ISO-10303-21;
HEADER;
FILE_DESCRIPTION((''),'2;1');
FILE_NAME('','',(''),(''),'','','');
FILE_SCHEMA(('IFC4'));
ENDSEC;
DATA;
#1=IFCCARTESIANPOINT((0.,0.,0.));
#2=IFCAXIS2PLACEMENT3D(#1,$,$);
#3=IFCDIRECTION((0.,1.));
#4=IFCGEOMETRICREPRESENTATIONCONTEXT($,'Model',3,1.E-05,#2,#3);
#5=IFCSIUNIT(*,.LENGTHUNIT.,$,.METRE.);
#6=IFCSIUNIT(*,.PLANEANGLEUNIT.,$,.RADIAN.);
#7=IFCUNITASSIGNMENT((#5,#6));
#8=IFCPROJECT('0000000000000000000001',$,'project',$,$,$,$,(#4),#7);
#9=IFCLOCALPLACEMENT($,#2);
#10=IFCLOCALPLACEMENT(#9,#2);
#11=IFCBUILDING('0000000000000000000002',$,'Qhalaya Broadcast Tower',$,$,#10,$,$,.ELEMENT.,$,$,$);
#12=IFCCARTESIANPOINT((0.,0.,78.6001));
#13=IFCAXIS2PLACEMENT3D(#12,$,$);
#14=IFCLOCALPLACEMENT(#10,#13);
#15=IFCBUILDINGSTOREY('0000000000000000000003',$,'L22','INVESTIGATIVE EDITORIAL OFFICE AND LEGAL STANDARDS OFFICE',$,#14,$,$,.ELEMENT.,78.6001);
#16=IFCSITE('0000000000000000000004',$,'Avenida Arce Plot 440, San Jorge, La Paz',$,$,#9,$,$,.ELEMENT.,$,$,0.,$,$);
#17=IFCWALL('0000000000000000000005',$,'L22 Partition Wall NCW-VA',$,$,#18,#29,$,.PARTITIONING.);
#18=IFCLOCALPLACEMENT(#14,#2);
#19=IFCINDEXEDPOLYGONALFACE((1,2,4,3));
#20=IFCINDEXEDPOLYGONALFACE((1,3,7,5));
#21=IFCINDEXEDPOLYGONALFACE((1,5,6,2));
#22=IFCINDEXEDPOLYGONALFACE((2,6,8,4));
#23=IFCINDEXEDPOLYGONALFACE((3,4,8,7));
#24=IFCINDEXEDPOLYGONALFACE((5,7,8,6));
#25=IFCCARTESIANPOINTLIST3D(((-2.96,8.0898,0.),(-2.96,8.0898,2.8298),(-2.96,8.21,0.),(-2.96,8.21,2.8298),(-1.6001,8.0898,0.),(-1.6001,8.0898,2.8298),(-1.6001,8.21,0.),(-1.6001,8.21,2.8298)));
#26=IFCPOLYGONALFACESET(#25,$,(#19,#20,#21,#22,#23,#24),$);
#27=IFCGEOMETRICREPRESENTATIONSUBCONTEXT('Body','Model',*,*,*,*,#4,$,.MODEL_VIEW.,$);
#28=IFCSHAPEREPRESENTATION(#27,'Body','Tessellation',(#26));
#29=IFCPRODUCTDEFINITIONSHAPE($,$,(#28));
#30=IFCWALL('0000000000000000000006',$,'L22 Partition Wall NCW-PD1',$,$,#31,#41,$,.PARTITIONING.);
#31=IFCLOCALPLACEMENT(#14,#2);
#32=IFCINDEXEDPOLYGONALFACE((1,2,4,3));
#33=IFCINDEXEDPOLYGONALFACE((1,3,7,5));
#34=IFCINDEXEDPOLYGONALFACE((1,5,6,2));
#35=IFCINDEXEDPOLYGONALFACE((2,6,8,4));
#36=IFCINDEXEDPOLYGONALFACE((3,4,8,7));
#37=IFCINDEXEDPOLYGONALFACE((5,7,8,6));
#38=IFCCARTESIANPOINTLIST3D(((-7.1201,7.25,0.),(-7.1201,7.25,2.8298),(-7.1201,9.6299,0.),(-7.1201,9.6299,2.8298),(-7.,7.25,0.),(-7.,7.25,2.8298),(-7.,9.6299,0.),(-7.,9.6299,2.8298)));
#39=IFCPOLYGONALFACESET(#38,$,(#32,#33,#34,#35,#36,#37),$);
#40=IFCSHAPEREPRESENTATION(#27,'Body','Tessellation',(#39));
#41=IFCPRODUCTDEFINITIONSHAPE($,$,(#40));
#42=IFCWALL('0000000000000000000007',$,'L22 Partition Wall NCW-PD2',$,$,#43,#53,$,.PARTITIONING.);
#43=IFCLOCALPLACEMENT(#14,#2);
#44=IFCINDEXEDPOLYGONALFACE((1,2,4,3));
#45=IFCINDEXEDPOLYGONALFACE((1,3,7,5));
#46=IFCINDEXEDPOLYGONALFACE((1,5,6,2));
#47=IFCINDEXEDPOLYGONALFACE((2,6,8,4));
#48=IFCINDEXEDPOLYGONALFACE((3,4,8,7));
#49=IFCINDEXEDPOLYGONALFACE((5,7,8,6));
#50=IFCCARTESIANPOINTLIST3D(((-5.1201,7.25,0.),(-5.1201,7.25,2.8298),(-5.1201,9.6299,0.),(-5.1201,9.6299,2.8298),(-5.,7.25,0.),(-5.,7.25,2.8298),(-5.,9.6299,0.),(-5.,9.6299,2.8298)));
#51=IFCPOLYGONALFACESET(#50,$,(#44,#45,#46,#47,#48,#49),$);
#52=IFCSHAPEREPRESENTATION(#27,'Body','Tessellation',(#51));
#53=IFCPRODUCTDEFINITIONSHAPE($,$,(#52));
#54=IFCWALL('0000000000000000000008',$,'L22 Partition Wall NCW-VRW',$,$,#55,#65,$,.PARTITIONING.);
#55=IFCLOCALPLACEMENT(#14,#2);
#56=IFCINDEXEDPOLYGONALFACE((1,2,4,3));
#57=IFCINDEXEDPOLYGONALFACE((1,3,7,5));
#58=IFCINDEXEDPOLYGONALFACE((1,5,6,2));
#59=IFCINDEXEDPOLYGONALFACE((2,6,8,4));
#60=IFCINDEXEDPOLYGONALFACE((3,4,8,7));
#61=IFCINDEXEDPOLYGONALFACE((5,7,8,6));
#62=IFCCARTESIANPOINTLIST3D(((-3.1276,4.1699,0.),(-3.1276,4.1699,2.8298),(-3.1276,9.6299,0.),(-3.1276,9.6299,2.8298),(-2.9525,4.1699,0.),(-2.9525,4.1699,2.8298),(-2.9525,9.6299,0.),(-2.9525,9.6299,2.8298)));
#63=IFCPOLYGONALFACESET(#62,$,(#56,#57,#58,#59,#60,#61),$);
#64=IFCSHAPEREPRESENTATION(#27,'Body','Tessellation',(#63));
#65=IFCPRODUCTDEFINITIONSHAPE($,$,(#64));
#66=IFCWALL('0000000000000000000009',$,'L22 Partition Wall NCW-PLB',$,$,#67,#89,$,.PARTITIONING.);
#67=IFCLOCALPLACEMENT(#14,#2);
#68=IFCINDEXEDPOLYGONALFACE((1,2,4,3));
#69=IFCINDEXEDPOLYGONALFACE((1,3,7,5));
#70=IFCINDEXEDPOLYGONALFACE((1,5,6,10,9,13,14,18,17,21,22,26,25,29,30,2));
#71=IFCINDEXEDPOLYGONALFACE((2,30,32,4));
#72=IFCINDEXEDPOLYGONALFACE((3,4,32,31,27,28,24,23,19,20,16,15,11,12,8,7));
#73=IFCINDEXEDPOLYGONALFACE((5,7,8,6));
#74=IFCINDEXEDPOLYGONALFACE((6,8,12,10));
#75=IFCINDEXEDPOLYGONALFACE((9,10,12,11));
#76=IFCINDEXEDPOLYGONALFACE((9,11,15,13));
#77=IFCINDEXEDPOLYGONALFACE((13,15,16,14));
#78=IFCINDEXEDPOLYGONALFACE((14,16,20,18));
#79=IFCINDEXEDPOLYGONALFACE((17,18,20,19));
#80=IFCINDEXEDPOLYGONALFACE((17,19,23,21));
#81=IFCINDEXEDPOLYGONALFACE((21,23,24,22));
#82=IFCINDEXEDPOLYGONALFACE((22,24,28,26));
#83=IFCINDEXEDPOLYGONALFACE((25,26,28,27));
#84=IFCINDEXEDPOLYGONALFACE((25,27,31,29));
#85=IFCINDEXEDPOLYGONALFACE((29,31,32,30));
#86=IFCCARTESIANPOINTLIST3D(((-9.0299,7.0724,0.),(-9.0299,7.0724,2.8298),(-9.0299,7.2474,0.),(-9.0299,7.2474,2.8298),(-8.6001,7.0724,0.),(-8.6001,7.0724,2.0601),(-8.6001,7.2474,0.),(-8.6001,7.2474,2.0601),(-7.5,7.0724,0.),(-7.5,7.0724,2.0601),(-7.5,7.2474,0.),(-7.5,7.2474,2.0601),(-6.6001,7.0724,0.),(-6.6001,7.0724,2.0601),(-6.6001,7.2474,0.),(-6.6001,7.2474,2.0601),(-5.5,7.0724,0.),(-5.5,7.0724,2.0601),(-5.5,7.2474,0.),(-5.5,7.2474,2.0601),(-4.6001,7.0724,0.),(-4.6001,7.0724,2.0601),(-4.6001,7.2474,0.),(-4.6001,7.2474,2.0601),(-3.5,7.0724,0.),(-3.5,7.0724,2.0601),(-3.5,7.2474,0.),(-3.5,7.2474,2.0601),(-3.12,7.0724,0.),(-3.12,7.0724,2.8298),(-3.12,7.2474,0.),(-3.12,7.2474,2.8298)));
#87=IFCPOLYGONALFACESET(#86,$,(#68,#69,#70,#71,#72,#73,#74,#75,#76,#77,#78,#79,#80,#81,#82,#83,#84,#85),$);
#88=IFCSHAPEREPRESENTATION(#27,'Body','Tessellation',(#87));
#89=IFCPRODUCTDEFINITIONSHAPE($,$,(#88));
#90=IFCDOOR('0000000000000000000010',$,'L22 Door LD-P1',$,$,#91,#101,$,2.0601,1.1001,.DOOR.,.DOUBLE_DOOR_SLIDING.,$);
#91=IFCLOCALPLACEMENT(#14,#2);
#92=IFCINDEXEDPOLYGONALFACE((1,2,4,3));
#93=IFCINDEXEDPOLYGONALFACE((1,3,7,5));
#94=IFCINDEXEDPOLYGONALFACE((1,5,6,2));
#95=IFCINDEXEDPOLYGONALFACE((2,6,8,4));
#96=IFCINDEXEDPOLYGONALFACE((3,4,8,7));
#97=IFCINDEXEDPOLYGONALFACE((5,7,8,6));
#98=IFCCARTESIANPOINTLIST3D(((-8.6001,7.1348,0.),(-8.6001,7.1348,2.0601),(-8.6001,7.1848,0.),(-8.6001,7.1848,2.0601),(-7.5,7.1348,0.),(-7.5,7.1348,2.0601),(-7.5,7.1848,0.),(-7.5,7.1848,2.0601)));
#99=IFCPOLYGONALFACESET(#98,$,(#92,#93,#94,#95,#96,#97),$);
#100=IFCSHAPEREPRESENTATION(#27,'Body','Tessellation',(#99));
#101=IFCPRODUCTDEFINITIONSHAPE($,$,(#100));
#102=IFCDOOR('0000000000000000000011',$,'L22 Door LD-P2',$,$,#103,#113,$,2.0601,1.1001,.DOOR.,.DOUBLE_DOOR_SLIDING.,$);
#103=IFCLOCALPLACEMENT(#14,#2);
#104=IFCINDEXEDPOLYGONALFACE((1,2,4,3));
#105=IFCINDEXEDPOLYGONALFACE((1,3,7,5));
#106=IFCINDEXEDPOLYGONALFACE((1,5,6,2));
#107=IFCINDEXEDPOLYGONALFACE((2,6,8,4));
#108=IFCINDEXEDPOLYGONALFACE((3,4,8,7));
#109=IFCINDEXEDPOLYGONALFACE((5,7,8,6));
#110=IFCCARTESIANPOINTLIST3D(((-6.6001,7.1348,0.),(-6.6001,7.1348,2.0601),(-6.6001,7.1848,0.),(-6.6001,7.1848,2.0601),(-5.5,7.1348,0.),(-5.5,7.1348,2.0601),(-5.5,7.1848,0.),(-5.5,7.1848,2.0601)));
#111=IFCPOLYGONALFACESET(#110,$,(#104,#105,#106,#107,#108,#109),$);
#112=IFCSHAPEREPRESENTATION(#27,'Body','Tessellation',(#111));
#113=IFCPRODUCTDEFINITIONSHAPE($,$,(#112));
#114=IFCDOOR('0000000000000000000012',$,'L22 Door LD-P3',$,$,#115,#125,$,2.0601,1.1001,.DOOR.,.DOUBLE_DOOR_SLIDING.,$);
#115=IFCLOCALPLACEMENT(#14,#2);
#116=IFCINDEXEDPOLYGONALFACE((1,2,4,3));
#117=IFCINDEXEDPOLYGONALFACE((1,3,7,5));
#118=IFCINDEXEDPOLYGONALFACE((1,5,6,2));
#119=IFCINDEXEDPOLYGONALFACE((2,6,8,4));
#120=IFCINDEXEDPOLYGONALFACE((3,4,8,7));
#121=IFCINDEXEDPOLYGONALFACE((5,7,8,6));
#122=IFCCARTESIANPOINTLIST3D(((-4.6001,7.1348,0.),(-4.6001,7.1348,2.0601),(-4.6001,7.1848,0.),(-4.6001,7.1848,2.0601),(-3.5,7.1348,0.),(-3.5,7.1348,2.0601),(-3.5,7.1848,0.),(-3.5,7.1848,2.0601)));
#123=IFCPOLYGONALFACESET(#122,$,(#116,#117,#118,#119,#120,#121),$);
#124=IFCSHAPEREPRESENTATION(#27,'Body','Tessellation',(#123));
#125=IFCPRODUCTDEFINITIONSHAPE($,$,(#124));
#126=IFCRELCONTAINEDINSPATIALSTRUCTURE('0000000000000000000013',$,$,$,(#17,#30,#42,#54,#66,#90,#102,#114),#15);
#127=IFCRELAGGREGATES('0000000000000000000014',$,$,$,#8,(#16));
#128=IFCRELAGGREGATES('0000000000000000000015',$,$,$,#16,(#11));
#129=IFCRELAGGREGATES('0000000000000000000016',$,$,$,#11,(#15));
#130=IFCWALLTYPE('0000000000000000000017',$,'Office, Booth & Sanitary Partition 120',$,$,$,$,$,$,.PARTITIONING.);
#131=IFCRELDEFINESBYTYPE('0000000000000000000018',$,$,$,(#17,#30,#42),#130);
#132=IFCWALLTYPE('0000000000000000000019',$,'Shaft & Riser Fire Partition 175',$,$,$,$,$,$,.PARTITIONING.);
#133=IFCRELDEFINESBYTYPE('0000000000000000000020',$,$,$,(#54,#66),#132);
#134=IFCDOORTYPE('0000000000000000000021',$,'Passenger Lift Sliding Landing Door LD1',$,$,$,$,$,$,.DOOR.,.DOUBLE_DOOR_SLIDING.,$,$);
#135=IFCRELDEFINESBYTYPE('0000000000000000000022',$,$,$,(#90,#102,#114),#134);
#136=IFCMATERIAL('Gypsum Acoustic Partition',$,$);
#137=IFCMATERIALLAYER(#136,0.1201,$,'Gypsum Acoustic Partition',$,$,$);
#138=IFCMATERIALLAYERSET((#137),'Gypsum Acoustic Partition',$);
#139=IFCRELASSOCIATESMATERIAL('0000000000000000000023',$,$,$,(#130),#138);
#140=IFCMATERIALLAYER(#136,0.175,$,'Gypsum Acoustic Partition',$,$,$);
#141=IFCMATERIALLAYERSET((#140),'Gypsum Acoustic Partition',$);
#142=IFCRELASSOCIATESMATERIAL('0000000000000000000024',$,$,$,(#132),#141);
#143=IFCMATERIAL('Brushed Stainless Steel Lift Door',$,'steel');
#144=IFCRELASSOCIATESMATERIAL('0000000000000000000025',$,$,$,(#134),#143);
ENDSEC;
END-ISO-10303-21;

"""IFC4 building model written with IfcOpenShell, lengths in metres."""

from ifc_helpers import new_model, si_unit, direction, frame, frame_2d, origin, place, context, subcontext, project, spatial, rectangle, extrude, material, layer, layer_set, type_object, element, fill, save


model = new_model("IFC4")

# Units and contexts
model_context = context("Model", 3, precision=1e-05, world=origin(), true_north=direction((0.0, 1.0)))
body_context = subcontext(model_context, "Body", "Model", "MODEL_VIEW")
ifc_project = project(units=[si_unit("LENGTHUNIT", "METRE"), si_unit("PLANEANGLEUNIT", "RADIAN")], contexts=[model_context])

# Site, building, storey
site_placement = place(None, origin())
site = spatial("IfcSite", under=ifc_project, at=site_placement, Name="Avenida Arce Plot 440, San Jorge, La Paz", CompositionType="ELEMENT", RefElevation=0.0)
building_placement = place(site_placement, origin())
building = spatial("IfcBuilding", under=site, at=building_placement, Name="Qhalaya Broadcast Tower", CompositionType="ELEMENT")
storey_placement = place(building_placement, frame((0.0, 0.0, 78.6001)))
storey = spatial("IfcBuildingStorey", under=building, at=storey_placement, Name="L22", Description="INVESTIGATIVE EDITORIAL OFFICE AND LEGAL STANDARDS OFFICE", CompositionType="ELEMENT", Elevation=78.6001)

# Shared definitions
ifc_material_1 = material(Name="Gypsum Acoustic Partition")

# Walls
ifc_layer_1 = layer(ifc_material_1, 0.1201, Name="Gypsum Acoustic Partition")
ifc_layer_set_1 = layer_set([ifc_layer_1], Name="Gypsum Acoustic Partition")
wall_type_1 = type_object("IfcWallType", Name="Office, Booth & Sanitary Partition 120", PredefinedType="PARTITIONING", material=ifc_layer_set_1)
wall_1_placement = place(storey_placement, frame((-2.96, 8.1499, 0.0), z_axis=(0.0, 0.0, 1.0), x_axis=(1.0, 0.0, 0.0)))
element("IfcWall", 1, at=wall_1_placement, inside=storey, type_object=wall_type_1, Name="L22 Partition Wall NCW-VA", PredefinedType="PARTITIONING", context=body_context, shape_type="SweptSolid", body=[
    extrude(rectangle(XDim=1.3599, YDim=0.1201, at=frame_2d((0.6799, 0.0))), origin(), (0.0, 0.0, 1.0), 2.8298),
])
for number, where, z_axis, x_axis, name in (
    (2, (-7.0601, 7.25, 0.0), (0.0, 0.0, 1.0), (0.0, 1.0, 0.0), "L22 Partition Wall NCW-PD1"),
    (3, (-5.0601, 7.25, 0.0), (0.0, 0.0, 1.0), (0.0, 1.0, 0.0), "L22 Partition Wall NCW-PD2"),
):
    element("IfcWall", number, at=place(storey_placement, frame(where, z_axis=z_axis, x_axis=x_axis)), inside=storey, type_object=wall_type_1, Name=name, PredefinedType="PARTITIONING", context=body_context, shape_type="SweptSolid", body=[
        extrude(rectangle(XDim=2.3799, YDim=0.1201, at=frame_2d((1.1899, 0.0))), origin(), (0.0, 0.0, 1.0), 2.8298),
    ])
ifc_layer_2 = layer(ifc_material_1, 0.175, Name="Gypsum Acoustic Partition")
ifc_layer_set_2 = layer_set([ifc_layer_2], Name="Gypsum Acoustic Partition")
wall_type_2 = type_object("IfcWallType", Name="Shaft & Riser Fire Partition 175", PredefinedType="PARTITIONING", material=ifc_layer_set_2)
wall_2_placement = place(storey_placement, frame((-3.04, 4.1699, 0.0), z_axis=(0.0, 0.0, 1.0), x_axis=(0.0, 1.0, 0.0)))
element("IfcWall", 4, at=wall_2_placement, inside=storey, type_object=wall_type_2, Name="L22 Partition Wall NCW-VRW", PredefinedType="PARTITIONING", context=body_context, shape_type="SweptSolid", body=[
    extrude(rectangle(XDim=5.46, YDim=0.175, at=frame_2d((2.73, 0.0))), origin(), (0.0, 0.0, 1.0), 2.8298),
])

# Wall, openings, doors
wall_3_placement = place(storey_placement, frame((-9.03, 7.1599, 0.0), z_axis=(0.0, 0.0, 1.0), x_axis=(1.0, 0.0, 0.0)))
wall_3 = element("IfcWall", 5, at=wall_3_placement, inside=storey, type_object=wall_type_2, Name="L22 Partition Wall NCW-PLB", PredefinedType="PARTITIONING", context=body_context, shape_type="SweptSolid", body=[
    extrude(rectangle(XDim=5.9099, YDim=0.175, at=frame_2d((2.9551, 0.0))), origin(), (0.0, 0.0, 1.0), 2.8298),
])
opening_1_placement = place(wall_3_placement, frame((0.4299, 0.0, 0.0)))
opening_1 = element("IfcOpeningElement", 6, at=opening_1_placement, cuts=wall_3, PredefinedType="OPENING", context=body_context, shape_type="SweptSolid", body=[
    extrude(rectangle(XDim=1.1001, YDim=2.0601, at=frame_2d((0.55, 1.03))), frame((0.0, 0.0996, 0.0), z_axis=(0.0, -1.0, 0.0), x_axis=(1.0, 0.0, 0.0)), (0.0, 0.0, 1.0), 0.199),
])
opening_2_placement = place(wall_3_placement, frame((2.4299, 0.0, 0.0)))
opening_2 = element("IfcOpeningElement", 7, at=opening_2_placement, cuts=wall_3, PredefinedType="OPENING", context=body_context, shape_type="SweptSolid", body=[
    extrude(rectangle(XDim=1.1001, YDim=2.0601, at=frame_2d((0.55, 1.03))), frame((0.0, 0.0996, 0.0), z_axis=(0.0, -1.0, 0.0), x_axis=(1.0, 0.0, 0.0)), (0.0, 0.0, 1.0), 0.199),
])
opening_3_placement = place(wall_3_placement, frame((4.4299, 0.0, 0.0)))
opening_3 = element("IfcOpeningElement", 8, at=opening_3_placement, cuts=wall_3, PredefinedType="OPENING", context=body_context, shape_type="SweptSolid", body=[
    extrude(rectangle(XDim=1.1001, YDim=2.0601, at=frame_2d((0.55, 1.03))), frame((0.0, 0.0996, 0.0), z_axis=(0.0, -1.0, 0.0), x_axis=(1.0, 0.0, 0.0)), (0.0, 0.0, 1.0), 0.199),
])
ifc_material_2 = material(Name="Brushed Stainless Steel Lift Door", Category="steel")
door_type_1 = type_object("IfcDoorType", Name="Passenger Lift Sliding Landing Door LD1", OperationType="DOUBLE_DOOR_SLIDING", PredefinedType="DOOR", material=ifc_material_2)
door_1_placement = place(opening_1_placement, origin())
door_1 = element("IfcDoor", 9, at=door_1_placement, inside=storey, type_object=door_type_1, Name="L22 Door LD-P1", OperationType="DOUBLE_DOOR_SLIDING", OverallHeight=2.0601, OverallWidth=1.1001, PredefinedType="DOOR", context=body_context, shape_type="SweptSolid", body=[
    extrude(rectangle(XDim=1.1001, YDim=2.0601, at=frame_2d((0.55, 1.03))), frame((0.0, 0.0249, 0.0), z_axis=(0.0, -1.0, 0.0), x_axis=(1.0, 0.0, 0.0)), (0.0, 0.0, 1.0), 0.05),
])
fill(opening_1, door_1)
door_2_placement = place(opening_2_placement, origin())
door_2 = element("IfcDoor", 10, at=door_2_placement, inside=storey, type_object=door_type_1, Name="L22 Door LD-P2", OperationType="DOUBLE_DOOR_SLIDING", OverallHeight=2.0601, OverallWidth=1.1001, PredefinedType="DOOR", context=body_context, shape_type="SweptSolid", body=[
    extrude(rectangle(XDim=1.1001, YDim=2.0601, at=frame_2d((0.55, 1.03))), frame((0.0, 0.0249, 0.0), z_axis=(0.0, -1.0, 0.0), x_axis=(1.0, 0.0, 0.0)), (0.0, 0.0, 1.0), 0.05),
])
fill(opening_2, door_2)
door_3_placement = place(opening_3_placement, origin())
door_3 = element("IfcDoor", 11, at=door_3_placement, inside=storey, type_object=door_type_1, Name="L22 Door LD-P3", OperationType="DOUBLE_DOOR_SLIDING", OverallHeight=2.0601, OverallWidth=1.1001, PredefinedType="DOOR", context=body_context, shape_type="SweptSolid", body=[
    extrude(rectangle(XDim=1.1001, YDim=2.0601, at=frame_2d((0.55, 1.03))), frame((0.0, 0.0249, 0.0), z_axis=(0.0, -1.0, 0.0), x_axis=(1.0, 0.0, 0.0)), (0.0, 0.0, 1.0), 0.05),
])
fill(opening_3, door_3)

save(model, "model.ifc")
